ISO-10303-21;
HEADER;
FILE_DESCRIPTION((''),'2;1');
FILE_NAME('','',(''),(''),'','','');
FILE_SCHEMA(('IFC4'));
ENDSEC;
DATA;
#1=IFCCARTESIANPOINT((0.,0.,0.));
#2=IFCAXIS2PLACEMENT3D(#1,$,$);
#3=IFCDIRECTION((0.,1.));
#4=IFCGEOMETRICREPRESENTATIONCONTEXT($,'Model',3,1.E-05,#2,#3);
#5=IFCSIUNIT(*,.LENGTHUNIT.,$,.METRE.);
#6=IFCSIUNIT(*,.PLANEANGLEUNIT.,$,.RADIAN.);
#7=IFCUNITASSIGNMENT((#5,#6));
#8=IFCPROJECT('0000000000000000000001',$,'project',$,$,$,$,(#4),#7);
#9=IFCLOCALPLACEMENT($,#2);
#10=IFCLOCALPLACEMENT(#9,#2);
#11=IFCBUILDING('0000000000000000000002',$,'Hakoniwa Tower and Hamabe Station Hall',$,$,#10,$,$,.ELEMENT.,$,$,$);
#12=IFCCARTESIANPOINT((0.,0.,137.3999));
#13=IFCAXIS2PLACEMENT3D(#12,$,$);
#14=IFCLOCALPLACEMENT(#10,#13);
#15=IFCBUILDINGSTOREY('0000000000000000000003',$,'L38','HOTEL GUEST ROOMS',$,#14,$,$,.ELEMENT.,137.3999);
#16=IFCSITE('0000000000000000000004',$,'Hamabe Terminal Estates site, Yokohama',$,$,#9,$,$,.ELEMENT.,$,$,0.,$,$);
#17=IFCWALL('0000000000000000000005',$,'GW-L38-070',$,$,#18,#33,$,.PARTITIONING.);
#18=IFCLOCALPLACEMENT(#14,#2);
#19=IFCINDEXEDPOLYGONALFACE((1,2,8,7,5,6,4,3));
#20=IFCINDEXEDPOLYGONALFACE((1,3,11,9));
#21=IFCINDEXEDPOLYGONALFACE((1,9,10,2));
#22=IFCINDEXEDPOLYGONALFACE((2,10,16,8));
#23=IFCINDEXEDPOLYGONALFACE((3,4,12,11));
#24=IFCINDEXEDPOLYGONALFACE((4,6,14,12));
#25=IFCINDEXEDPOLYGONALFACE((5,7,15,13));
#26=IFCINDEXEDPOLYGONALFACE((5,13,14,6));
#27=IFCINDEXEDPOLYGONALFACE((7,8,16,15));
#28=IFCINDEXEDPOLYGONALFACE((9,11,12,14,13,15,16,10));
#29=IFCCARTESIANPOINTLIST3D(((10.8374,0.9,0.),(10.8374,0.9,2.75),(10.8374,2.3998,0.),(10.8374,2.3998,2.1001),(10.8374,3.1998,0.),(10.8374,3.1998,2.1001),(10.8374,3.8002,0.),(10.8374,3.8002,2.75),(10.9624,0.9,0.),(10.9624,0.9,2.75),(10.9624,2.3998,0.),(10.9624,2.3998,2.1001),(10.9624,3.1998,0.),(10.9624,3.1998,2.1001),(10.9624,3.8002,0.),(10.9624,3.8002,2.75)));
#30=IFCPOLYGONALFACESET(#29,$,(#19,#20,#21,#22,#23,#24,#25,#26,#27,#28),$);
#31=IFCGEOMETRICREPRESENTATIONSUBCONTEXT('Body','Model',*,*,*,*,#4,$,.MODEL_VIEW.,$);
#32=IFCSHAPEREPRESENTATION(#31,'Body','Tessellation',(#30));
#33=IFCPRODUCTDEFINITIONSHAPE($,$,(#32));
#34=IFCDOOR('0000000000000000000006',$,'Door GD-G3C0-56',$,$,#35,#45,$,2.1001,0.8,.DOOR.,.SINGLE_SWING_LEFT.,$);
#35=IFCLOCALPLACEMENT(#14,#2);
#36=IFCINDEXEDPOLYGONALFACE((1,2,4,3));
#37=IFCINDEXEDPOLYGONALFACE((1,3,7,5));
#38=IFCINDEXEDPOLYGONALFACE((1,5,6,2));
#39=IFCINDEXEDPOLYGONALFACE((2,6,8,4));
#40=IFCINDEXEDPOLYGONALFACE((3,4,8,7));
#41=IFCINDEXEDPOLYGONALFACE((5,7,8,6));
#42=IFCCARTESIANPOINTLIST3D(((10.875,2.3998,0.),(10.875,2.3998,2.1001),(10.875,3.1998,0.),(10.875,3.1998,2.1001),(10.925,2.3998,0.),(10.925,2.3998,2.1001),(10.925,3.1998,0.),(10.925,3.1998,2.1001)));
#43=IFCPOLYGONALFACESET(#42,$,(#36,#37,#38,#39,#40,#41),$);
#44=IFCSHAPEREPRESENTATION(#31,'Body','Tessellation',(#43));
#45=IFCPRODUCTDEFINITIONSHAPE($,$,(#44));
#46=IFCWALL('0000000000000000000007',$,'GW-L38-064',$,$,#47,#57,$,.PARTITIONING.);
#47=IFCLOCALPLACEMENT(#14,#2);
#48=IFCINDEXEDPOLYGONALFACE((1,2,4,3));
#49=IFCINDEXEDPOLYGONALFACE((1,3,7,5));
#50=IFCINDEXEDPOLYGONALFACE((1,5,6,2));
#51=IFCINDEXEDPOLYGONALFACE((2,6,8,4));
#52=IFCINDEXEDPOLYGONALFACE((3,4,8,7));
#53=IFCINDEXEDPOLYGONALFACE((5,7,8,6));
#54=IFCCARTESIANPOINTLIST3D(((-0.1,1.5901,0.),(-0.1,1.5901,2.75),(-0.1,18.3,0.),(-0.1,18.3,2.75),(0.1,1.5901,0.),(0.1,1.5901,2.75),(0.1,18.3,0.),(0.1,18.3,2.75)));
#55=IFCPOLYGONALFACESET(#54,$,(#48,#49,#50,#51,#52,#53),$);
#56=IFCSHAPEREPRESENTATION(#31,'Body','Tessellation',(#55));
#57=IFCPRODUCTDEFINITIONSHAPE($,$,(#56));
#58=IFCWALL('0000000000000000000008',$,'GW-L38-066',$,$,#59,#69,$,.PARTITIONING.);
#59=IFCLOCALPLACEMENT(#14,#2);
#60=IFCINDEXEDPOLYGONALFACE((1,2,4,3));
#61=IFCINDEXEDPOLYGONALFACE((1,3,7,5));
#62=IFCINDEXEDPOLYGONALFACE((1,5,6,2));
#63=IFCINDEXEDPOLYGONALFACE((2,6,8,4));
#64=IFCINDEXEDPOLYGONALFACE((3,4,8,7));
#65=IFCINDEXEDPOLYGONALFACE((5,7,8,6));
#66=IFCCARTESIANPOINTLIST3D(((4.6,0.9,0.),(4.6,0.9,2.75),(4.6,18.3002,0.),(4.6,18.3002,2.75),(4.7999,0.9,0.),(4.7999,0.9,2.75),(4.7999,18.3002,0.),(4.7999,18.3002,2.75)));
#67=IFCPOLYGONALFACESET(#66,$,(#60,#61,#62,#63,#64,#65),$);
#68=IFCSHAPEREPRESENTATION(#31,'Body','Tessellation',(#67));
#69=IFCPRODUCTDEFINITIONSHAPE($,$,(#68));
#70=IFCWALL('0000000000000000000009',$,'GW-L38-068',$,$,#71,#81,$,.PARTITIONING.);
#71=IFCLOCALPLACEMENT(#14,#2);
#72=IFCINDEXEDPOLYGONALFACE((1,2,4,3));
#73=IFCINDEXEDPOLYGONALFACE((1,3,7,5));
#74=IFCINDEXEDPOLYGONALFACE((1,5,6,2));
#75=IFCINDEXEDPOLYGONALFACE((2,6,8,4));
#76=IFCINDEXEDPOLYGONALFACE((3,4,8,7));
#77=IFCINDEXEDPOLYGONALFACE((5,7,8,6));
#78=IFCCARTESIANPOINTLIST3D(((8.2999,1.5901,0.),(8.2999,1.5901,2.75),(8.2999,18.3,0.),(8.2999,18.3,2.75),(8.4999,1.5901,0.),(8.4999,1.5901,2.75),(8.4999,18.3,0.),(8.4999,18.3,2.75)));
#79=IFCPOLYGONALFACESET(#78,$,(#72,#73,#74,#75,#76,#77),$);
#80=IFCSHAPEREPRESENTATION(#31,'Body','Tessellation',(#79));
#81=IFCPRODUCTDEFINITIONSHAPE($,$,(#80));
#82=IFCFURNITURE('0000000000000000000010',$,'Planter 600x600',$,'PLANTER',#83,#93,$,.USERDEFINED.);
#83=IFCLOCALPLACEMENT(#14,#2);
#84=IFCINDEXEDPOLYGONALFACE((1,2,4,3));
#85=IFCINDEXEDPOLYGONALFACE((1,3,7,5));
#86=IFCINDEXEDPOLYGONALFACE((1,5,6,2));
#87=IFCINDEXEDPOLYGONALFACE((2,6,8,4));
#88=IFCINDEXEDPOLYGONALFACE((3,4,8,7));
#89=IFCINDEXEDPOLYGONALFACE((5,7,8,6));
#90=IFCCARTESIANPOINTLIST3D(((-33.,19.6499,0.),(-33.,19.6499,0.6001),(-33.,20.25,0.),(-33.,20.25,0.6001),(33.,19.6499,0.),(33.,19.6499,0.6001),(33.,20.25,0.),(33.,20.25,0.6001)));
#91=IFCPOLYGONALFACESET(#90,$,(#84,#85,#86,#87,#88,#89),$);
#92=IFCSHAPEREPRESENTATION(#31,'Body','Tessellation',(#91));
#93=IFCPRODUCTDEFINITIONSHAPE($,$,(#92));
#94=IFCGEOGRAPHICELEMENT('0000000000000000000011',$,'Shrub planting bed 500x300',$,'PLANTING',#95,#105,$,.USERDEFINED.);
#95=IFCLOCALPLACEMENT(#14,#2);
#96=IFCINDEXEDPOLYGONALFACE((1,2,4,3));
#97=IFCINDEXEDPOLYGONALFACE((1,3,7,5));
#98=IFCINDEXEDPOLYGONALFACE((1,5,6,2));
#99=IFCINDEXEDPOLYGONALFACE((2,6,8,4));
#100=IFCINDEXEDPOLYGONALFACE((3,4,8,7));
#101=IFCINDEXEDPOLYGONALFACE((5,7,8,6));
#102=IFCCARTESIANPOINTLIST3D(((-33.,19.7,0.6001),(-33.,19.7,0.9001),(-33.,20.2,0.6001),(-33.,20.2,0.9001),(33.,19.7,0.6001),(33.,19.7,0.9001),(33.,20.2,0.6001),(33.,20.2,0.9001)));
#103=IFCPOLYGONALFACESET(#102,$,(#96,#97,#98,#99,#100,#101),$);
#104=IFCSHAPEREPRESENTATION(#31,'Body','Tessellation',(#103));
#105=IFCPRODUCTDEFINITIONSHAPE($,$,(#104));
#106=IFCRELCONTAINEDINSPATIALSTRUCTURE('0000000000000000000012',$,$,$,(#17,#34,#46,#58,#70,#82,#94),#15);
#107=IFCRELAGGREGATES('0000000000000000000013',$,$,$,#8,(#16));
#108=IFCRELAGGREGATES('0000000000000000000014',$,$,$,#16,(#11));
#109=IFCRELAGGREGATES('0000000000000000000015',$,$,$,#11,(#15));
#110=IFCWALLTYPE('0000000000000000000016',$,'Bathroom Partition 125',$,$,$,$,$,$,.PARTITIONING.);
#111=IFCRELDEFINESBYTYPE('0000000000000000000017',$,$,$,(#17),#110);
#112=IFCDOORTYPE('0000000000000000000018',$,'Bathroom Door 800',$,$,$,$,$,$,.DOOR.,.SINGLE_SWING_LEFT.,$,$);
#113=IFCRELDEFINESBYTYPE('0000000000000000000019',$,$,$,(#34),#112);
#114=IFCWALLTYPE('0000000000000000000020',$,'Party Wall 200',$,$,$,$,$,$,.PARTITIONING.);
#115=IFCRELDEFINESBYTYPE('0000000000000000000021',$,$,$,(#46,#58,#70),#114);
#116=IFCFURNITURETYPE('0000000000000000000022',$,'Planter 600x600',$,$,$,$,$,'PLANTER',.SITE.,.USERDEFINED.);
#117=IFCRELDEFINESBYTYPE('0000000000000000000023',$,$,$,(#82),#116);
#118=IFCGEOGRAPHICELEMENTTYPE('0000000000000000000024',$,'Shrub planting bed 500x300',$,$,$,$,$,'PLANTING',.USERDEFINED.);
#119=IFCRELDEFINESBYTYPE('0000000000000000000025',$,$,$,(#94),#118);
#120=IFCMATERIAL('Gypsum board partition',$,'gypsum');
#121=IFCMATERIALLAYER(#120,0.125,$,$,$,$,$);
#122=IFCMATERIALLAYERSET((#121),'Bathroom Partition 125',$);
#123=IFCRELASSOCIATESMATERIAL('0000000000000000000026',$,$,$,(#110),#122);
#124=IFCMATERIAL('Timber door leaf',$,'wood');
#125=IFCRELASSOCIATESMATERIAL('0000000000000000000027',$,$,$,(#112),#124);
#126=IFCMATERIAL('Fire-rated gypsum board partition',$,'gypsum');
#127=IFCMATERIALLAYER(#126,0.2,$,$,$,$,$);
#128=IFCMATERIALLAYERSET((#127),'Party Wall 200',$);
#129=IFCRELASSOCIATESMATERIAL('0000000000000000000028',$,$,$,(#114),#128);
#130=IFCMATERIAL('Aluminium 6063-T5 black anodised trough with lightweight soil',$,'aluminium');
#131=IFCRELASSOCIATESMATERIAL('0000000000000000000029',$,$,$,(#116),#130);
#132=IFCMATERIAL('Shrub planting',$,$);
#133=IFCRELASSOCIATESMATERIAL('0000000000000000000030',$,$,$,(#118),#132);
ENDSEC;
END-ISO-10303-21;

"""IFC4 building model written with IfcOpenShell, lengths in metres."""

from ifc_helpers import new_model, si_unit, direction, frame, frame_2d, origin, origin_2d, place, context, subcontext, project, spatial, rectangle, extrude, material, layer, layer_set, type_object, element, fill, save


model = new_model("IFC4")

# Units and contexts
model_context = context("Model", 3, precision=1e-05, world=origin(), true_north=direction((0.0, 1.0)))
body_context = subcontext(model_context, "Body", "Model", "MODEL_VIEW")
ifc_project = project(units=[si_unit("LENGTHUNIT", "METRE"), si_unit("PLANEANGLEUNIT", "RADIAN")], contexts=[model_context])

# Site, building, storey
site_placement = place(None, origin())
site = spatial("IfcSite", under=ifc_project, at=site_placement, Name="Hamabe Terminal Estates site, Yokohama", CompositionType="ELEMENT", RefElevation=0.0)
building_placement = place(site_placement, origin())
building = spatial("IfcBuilding", under=site, at=building_placement, Name="Hakoniwa Tower and Hamabe Station Hall", CompositionType="ELEMENT")
storey_placement = place(building_placement, frame((0.0, 0.0, 137.3999)))
storey = spatial("IfcBuildingStorey", under=building, at=storey_placement, Name="L38", Description="HOTEL GUEST ROOMS", CompositionType="ELEMENT", Elevation=137.3999)

# Shared definitions
ifc_material_1 = material(Name="Gypsum board partition", Category="gypsum")
ifc_layer_1 = layer(ifc_material_1, 0.125)
ifc_layer_set_1 = layer_set([ifc_layer_1], Name="Bathroom Partition 125")
wall_type_1 = type_object("IfcWallType", Name="Bathroom Partition 125", PredefinedType="PARTITIONING", material=ifc_layer_set_1)

# Wall, opening, door
wall_1_placement = place(storey_placement, frame((10.8999, 0.8999, 0.0), z_axis=(0.0, 0.0, 1.0), x_axis=(0.0, 1.0, 0.0)))
wall_1 = element("IfcWall", 1, at=wall_1_placement, inside=storey, type_object=wall_type_1, Name="GW-L38-070", PredefinedType="PARTITIONING", context=body_context, shape_type="SweptSolid", body=[
    extrude(rectangle(XDim=2.9001, YDim=0.125, at=frame_2d((1.4502, 0.0))), origin(), (0.0, 0.0, 1.0), 2.75),
])
opening_placement = place(wall_1_placement, frame((1.5, 0.0, 0.0)))
opening = element("IfcOpeningElement", 2, at=opening_placement, cuts=wall_1, PredefinedType="OPENING", context=body_context, shape_type="SweptSolid", body=[
    extrude(rectangle(XDim=0.8, YDim=2.1001, at=frame_2d((0.3999, 1.05))), frame((0.0, 0.0725, 0.0), z_axis=(0.0, -1.0, 0.0), x_axis=(1.0, 0.0, 0.0)), (0.0, 0.0, 1.0), 0.145),
])
ifc_material_2 = material(Name="Timber door leaf", Category="wood")
door_type = type_object("IfcDoorType", Name="Bathroom Door 800", OperationType="SINGLE_SWING_LEFT", PredefinedType="DOOR", material=ifc_material_2)
door_placement = place(opening_placement, origin())
door = element("IfcDoor", 3, at=door_placement, inside=storey, type_object=door_type, Name="Door GD-G3C0-56", OperationType="SINGLE_SWING_LEFT", OverallHeight=2.1001, OverallWidth=0.8, PredefinedType="DOOR", context=body_context, shape_type="SweptSolid", body=[
    extrude(rectangle(XDim=0.8, YDim=2.1001, at=frame_2d((0.3999, 1.05))), frame((0.0, 0.0249, 0.0), z_axis=(0.0, -1.0, 0.0), x_axis=(1.0, 0.0, 0.0)), (0.0, 0.0, 1.0), 0.05),
])
fill(opening, door)

# Walls
ifc_material_3 = material(Name="Fire-rated gypsum board partition", Category="gypsum")
ifc_layer_2 = layer(ifc_material_3, 0.2)
ifc_layer_set_2 = layer_set([ifc_layer_2], Name="Party Wall 200")
wall_type_2 = type_object("IfcWallType", Name="Party Wall 200", PredefinedType="PARTITIONING", material=ifc_layer_set_2)
wall_2_placement = place(storey_placement, frame((0.0, 1.5901, 0.0), z_axis=(0.0, 0.0, 1.0), x_axis=(0.0, 1.0, 0.0)))
element("IfcWall", 4, at=wall_2_placement, inside=storey, type_object=wall_type_2, Name="GW-L38-064", PredefinedType="PARTITIONING", context=body_context, shape_type="SweptSolid", body=[
    extrude(rectangle(XDim=16.71, YDim=0.2, at=frame_2d((8.355, 0.0))), origin(), (0.0, 0.0, 1.0), 2.75),
])
wall_3_placement = place(storey_placement, frame((4.7, 0.8999, 0.0), z_axis=(0.0, 0.0, 1.0), x_axis=(0.0, 1.0, 0.0)))
element("IfcWall", 5, at=wall_3_placement, inside=storey, type_object=wall_type_2, Name="GW-L38-066", PredefinedType="PARTITIONING", context=body_context, shape_type="SweptSolid", body=[
    extrude(rectangle(XDim=17.4001, YDim=0.2, at=frame_2d((8.7002, 0.0))), origin(), (0.0, 0.0, 1.0), 2.75),
])
wall_4_placement = place(storey_placement, frame((8.3999, 1.5901, 0.0), z_axis=(0.0, 0.0, 1.0), x_axis=(0.0, 1.0, 0.0)))
element("IfcWall", 6, at=wall_4_placement, inside=storey, type_object=wall_type_2, Name="GW-L38-068", PredefinedType="PARTITIONING", context=body_context, shape_type="SweptSolid", body=[
    extrude(rectangle(XDim=16.71, YDim=0.2, at=frame_2d((8.355, 0.0))), origin(), (0.0, 0.0, 1.0), 2.75),
])

# Furniture
ifc_material_4 = material(Name="Aluminium 6063-T5 black anodised trough with lightweight soil", Category="aluminium")
furniture_type = type_object("IfcFurnitureType", Name="Planter 600x600", ElementType="PLANTER", AssemblyPlace="SITE", PredefinedType="USERDEFINED", material=ifc_material_4)
furniture_placement = place(storey_placement, frame((0.0, 19.95, 0.0), z_axis=(0.0, 0.0, 1.0), x_axis=(1.0, 0.0, 0.0)))
element("IfcFurniture", 7, at=furniture_placement, inside=storey, type_object=furniture_type, Name="Planter 600x600", ObjectType="PLANTER", PredefinedType="USERDEFINED", context=body_context, shape_type="SweptSolid", body=[
    extrude(rectangle(XDim=66.0, YDim=0.6001, at=origin_2d()), origin(), (0.0, 0.0, 1.0), 0.6001),
])

# Geographic element
ifc_material_5 = material(Name="Shrub planting")
geographic_element_type = type_object("IfcGeographicElementType", Name="Shrub planting bed 500x300", ElementType="PLANTING", PredefinedType="USERDEFINED", material=ifc_material_5)
geographic_element_placement = place(storey_placement, frame((0.0, 19.95, 0.6001), z_axis=(0.0, 0.0, 1.0), x_axis=(1.0, 0.0, 0.0)))
element("IfcGeographicElement", 8, at=geographic_element_placement, inside=storey, type_object=geographic_element_type, Name="Shrub planting bed 500x300", ObjectType="PLANTING", PredefinedType="USERDEFINED", context=body_context, shape_type="SweptSolid", body=[
    extrude(rectangle(XDim=66.0, YDim=0.5, at=origin_2d()), origin(), (0.0, 0.0, 1.0), 0.3),
])

save(model, "model.ifc")
